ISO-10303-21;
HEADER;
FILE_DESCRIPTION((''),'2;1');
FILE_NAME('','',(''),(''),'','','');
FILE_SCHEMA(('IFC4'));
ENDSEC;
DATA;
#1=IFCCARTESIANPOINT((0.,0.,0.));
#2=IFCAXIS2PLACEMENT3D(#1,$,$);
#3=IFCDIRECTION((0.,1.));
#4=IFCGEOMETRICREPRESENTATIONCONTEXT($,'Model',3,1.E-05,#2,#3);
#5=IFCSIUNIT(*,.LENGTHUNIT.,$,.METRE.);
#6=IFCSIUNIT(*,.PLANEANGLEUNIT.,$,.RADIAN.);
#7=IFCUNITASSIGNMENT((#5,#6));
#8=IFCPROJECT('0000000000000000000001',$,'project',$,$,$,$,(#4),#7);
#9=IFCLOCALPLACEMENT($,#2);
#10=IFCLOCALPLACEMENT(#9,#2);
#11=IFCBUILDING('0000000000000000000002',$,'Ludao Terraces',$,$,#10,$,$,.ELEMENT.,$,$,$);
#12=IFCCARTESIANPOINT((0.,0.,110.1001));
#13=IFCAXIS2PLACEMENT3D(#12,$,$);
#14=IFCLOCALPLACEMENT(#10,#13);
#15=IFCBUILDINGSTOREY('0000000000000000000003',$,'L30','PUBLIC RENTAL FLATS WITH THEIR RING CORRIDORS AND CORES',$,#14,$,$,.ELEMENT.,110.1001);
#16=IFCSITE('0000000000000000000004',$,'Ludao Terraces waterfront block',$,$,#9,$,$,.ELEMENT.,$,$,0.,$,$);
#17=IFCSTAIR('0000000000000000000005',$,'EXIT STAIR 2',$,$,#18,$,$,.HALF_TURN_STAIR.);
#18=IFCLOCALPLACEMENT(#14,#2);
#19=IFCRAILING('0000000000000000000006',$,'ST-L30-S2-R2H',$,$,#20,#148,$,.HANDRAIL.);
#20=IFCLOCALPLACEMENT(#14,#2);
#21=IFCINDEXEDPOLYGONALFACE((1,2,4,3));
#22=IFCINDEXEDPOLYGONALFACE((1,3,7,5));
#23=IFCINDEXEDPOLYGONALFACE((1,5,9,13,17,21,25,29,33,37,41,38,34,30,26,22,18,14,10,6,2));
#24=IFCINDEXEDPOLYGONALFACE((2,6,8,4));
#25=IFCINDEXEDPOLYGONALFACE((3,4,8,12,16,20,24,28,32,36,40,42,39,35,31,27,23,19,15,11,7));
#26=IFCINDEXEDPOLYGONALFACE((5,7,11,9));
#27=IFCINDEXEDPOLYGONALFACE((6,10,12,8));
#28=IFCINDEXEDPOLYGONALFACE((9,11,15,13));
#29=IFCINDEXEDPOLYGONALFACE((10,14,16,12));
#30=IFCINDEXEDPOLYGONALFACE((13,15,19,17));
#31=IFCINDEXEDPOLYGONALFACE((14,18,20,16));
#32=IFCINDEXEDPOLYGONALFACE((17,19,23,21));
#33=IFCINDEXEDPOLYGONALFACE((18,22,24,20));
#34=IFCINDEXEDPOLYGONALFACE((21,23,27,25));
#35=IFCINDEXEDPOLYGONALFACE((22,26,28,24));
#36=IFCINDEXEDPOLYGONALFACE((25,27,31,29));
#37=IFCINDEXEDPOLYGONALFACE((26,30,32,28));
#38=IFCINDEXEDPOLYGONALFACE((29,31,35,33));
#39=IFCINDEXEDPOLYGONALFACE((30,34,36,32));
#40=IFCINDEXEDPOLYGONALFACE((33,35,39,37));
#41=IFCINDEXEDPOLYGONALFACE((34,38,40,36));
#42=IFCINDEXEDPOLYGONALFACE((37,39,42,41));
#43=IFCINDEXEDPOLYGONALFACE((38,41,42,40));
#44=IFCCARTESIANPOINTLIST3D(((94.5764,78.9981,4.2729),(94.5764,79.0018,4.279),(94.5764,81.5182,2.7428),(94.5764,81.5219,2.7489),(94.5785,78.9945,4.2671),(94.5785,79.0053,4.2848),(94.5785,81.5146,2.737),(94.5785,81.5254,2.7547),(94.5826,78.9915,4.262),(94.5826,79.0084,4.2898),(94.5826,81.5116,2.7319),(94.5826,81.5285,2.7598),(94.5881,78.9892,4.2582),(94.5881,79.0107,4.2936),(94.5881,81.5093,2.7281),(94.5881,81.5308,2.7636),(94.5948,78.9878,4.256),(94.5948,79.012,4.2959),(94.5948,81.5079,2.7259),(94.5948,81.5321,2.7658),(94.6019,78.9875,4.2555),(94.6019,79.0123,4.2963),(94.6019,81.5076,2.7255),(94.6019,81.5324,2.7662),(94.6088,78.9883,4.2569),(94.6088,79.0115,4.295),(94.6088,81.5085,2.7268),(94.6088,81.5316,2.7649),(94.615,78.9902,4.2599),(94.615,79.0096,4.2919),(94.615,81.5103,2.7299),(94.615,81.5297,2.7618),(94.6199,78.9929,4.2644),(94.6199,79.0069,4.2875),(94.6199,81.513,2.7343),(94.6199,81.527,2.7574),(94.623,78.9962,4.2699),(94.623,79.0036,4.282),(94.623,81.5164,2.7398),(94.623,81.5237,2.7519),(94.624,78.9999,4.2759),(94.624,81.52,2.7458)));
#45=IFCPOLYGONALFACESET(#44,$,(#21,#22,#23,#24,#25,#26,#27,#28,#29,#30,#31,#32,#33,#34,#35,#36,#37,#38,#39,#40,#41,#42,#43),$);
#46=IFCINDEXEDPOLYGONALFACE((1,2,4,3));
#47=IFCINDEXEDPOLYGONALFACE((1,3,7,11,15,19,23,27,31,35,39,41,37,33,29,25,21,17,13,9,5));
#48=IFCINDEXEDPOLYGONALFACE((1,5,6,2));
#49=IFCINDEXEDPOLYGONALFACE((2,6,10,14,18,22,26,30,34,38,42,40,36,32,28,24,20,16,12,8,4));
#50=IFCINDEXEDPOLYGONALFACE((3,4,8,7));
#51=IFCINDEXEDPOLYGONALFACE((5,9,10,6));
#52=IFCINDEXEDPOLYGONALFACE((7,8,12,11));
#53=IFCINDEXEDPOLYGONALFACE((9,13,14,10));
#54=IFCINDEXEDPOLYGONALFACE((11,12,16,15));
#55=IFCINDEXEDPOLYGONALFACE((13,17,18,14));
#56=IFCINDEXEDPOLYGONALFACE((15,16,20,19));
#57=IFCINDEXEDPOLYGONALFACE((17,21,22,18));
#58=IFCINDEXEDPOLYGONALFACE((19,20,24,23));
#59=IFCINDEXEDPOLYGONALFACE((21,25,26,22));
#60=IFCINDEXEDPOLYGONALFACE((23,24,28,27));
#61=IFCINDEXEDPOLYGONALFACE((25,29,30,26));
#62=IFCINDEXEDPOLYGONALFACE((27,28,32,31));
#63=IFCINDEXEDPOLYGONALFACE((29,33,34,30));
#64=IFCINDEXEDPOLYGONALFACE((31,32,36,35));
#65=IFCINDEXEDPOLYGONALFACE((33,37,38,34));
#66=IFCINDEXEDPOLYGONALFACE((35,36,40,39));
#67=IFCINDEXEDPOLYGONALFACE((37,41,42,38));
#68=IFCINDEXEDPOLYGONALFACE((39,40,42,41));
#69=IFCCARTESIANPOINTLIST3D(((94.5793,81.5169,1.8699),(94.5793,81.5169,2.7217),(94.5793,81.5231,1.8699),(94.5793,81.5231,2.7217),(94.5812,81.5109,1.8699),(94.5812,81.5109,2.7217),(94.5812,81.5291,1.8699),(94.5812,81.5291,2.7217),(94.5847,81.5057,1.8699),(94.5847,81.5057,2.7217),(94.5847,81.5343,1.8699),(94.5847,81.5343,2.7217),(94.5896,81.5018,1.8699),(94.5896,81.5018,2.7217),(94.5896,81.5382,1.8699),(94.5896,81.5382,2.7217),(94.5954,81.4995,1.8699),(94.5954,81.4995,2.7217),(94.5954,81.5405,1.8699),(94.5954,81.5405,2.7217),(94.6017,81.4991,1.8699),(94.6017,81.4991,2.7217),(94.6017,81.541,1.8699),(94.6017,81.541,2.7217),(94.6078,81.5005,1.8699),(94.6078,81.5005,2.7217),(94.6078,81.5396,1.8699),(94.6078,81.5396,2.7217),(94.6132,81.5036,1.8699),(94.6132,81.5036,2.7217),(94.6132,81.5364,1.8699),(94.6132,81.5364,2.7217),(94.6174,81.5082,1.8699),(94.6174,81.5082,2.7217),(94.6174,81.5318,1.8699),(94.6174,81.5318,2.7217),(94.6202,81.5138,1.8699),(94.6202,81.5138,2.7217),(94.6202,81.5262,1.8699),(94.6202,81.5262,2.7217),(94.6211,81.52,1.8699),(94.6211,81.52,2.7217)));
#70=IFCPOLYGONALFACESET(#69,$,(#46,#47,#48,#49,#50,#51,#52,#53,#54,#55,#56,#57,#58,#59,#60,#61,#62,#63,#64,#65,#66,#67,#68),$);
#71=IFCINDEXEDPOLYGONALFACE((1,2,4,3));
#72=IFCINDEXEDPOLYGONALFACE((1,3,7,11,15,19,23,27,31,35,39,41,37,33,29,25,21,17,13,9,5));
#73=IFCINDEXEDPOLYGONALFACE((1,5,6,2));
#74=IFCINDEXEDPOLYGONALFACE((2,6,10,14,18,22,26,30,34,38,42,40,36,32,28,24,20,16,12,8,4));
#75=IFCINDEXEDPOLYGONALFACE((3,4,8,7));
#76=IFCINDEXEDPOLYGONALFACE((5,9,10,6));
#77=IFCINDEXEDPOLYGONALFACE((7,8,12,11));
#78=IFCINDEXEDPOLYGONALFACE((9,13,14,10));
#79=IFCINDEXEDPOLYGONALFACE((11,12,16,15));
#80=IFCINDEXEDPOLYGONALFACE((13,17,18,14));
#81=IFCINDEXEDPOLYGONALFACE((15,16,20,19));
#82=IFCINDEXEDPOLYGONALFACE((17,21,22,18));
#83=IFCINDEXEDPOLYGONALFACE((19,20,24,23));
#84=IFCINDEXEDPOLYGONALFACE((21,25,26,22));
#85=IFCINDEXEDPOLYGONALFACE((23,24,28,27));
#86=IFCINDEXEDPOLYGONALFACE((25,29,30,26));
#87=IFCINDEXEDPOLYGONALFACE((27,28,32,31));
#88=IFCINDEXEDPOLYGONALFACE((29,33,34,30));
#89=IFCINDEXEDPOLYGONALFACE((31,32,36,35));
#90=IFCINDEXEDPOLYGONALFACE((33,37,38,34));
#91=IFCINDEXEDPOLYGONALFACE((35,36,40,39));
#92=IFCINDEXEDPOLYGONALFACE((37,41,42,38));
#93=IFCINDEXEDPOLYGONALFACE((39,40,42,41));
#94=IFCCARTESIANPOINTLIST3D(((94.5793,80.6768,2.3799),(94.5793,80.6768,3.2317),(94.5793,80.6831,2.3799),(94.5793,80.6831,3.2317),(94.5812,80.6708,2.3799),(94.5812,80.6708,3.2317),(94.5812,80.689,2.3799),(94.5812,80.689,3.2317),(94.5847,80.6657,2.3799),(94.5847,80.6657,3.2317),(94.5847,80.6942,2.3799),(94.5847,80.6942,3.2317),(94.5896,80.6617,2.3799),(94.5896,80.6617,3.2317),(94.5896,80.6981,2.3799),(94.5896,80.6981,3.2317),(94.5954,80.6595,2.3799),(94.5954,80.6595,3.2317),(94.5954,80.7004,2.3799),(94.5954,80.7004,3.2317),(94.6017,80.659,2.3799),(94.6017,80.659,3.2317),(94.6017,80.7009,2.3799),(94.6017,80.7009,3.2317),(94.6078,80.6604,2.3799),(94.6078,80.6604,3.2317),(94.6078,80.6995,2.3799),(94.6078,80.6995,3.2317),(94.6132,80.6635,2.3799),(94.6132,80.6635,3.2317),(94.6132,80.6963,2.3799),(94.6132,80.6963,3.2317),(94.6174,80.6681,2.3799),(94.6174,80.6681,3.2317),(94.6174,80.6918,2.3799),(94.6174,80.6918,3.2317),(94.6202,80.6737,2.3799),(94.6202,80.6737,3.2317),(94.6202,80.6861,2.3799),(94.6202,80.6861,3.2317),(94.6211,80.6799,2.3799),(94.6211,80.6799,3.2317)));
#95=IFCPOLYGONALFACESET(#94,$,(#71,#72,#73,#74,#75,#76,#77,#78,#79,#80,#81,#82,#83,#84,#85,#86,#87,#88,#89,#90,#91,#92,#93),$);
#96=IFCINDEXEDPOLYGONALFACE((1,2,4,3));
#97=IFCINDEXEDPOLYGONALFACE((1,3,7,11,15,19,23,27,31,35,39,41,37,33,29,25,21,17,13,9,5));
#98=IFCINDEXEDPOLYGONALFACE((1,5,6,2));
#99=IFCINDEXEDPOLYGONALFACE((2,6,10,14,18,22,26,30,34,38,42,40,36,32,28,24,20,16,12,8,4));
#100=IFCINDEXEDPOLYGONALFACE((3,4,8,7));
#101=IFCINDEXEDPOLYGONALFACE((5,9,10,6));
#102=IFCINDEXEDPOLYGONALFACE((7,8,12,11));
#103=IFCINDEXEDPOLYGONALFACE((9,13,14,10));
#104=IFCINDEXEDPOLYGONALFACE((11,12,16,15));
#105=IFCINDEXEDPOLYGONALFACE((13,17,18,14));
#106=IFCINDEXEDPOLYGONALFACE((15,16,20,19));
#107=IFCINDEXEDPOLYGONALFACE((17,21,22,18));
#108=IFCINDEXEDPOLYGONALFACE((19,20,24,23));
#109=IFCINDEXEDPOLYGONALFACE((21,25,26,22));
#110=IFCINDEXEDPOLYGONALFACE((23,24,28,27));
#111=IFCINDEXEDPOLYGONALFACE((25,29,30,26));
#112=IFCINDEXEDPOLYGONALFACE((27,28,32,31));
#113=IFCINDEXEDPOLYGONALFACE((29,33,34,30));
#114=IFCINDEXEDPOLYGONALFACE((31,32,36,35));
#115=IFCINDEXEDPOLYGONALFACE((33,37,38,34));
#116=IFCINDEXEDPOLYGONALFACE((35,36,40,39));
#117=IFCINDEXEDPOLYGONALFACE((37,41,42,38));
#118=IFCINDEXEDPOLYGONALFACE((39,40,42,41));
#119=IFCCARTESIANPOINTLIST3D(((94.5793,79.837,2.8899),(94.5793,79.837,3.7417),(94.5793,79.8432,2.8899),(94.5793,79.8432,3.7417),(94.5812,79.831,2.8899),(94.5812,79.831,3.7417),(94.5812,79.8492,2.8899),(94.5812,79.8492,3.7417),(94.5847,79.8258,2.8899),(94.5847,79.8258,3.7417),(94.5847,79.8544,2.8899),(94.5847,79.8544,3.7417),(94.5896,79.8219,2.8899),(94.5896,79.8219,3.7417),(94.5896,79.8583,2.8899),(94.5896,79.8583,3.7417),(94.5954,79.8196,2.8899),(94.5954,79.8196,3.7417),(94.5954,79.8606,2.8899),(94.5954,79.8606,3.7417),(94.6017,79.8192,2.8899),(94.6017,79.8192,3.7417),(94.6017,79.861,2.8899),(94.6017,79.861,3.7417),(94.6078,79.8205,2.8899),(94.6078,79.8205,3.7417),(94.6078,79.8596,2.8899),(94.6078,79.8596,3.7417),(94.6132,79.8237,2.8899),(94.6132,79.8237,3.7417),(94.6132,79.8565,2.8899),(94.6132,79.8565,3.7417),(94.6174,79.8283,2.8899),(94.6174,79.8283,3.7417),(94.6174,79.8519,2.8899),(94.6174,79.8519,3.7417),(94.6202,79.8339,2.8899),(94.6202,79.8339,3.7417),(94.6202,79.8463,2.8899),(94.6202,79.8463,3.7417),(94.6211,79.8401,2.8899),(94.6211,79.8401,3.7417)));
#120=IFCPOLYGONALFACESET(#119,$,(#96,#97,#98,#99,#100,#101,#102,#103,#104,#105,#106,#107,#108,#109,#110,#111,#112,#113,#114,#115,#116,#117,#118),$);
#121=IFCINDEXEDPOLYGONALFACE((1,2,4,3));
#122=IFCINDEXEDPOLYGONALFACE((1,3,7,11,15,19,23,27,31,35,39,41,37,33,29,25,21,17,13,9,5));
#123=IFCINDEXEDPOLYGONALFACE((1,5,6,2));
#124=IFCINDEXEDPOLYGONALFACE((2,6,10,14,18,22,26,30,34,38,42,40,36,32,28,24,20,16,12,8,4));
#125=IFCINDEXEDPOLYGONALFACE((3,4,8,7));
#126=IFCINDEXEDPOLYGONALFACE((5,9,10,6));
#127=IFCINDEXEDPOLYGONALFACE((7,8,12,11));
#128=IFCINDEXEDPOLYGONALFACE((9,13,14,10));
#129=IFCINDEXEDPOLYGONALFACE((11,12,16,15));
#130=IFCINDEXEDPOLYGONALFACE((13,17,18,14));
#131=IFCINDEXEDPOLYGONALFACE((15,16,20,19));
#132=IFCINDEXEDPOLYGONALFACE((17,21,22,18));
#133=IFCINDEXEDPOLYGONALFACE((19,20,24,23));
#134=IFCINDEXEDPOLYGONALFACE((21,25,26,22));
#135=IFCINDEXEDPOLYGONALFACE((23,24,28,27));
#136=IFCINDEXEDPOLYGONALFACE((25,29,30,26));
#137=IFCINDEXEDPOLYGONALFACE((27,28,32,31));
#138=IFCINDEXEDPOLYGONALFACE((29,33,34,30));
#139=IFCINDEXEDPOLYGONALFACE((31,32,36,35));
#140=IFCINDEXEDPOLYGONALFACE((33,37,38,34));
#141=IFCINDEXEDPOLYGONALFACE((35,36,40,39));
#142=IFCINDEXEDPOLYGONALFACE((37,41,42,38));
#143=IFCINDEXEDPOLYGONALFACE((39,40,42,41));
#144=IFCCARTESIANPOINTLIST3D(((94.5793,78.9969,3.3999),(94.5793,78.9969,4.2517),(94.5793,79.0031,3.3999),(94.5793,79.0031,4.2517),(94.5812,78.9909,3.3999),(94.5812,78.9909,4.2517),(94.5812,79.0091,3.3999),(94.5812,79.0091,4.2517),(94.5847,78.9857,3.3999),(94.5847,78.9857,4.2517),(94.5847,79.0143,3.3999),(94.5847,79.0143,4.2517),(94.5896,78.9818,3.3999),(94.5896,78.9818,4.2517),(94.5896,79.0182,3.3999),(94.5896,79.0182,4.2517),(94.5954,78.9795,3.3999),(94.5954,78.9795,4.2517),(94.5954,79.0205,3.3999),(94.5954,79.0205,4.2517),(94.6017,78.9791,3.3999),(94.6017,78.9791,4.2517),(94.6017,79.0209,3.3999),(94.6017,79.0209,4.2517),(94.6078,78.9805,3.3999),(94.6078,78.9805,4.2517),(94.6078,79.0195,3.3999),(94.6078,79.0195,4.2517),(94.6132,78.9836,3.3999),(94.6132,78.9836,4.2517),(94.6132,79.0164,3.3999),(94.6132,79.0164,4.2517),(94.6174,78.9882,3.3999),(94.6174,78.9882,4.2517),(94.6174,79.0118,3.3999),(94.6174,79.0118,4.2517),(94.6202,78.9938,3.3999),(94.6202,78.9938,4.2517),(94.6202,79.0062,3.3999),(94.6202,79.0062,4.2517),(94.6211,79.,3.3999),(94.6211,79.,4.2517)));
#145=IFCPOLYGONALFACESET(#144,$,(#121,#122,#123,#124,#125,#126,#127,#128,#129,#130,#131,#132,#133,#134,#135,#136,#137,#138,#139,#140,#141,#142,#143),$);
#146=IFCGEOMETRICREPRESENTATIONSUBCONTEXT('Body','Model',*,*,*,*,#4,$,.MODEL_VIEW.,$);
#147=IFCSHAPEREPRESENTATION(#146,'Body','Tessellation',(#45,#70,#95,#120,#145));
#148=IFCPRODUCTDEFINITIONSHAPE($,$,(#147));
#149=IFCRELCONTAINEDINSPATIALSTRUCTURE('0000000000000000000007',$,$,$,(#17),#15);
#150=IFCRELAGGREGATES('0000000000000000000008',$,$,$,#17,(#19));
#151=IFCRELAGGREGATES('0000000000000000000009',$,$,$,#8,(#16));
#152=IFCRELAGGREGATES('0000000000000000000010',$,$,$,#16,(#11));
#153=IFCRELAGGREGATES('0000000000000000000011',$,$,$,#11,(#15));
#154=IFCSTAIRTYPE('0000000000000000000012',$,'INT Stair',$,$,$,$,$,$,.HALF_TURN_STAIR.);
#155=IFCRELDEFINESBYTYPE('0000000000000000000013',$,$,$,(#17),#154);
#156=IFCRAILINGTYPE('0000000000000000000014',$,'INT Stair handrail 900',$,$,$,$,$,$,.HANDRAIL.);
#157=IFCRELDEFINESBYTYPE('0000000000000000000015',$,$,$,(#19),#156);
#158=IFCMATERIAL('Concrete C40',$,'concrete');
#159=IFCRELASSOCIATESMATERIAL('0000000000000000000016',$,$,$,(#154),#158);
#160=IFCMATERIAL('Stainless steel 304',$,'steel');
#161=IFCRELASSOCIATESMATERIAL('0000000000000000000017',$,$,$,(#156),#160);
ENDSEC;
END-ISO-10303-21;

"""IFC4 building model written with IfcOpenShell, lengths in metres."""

from ifc_helpers import new_model, si_unit, direction, frame, origin, origin_2d, place, context, subcontext, project, spatial, circle, extrude, material, type_object, element, aggregate, save


model = new_model("IFC4")

# Units and contexts
model_context = context("Model", 3, precision=1e-05, world=origin(), true_north=direction((0.0, 1.0)))
body_context = subcontext(model_context, "Body", "Model", "MODEL_VIEW")
ifc_project = project(units=[si_unit("LENGTHUNIT", "METRE"), si_unit("PLANEANGLEUNIT", "RADIAN")], contexts=[model_context])

# Site, building, storey
site_placement = place(None, origin())
site = spatial("IfcSite", under=ifc_project, at=site_placement, Name="Ludao Terraces waterfront block", CompositionType="ELEMENT", RefElevation=0.0)
building_placement = place(site_placement, origin())
building = spatial("IfcBuilding", under=site, at=building_placement, Name="Ludao Terraces", CompositionType="ELEMENT")
storey_placement = place(building_placement, frame((0.0, 0.0, 110.1001)))
storey = spatial("IfcBuildingStorey", under=building, at=storey_placement, Name="L30", Description="PUBLIC RENTAL FLATS WITH THEIR RING CORRIDORS AND CORES", CompositionType="ELEMENT", Elevation=110.1001)

# Stair, railing
ifc_material_1 = material(Name="Concrete C40", Category="concrete")
stair_type = type_object("IfcStairType", Name="INT Stair", PredefinedType="HALF_TURN_STAIR", material=ifc_material_1)
stair_placement = place(storey_placement, origin())
stair = element("IfcStair", 1, at=stair_placement, inside=storey, type_object=stair_type, Name="EXIT STAIR 2", PredefinedType="HALF_TURN_STAIR")
ifc_material_2 = material(Name="Stainless steel 304", Category="steel")
railing_type_1 = type_object("IfcRailingType", Name="INT Stair handrail 900", PredefinedType="HANDRAIL", material=ifc_material_2)
railing_1_placement = place(storey_placement, frame((94.6001, 81.52, 1.8699)))
railing_1 = element("IfcRailing", 2, at=railing_1_placement, type_object=railing_type_1, Name="ST-L30-S2-R2H", PredefinedType="HANDRAIL", context=body_context, shape_type="SweptSolid", body=[
    extrude(circle(Radius=0.0239, at=origin_2d()), frame((0.0, 0.0, 0.876), z_axis=(0.0, -0.854785, 0.518982), x_axis=(1.0, 0.0, 0.0)), (0.0, 0.0, 1.0), 2.9482),
    extrude(circle(Radius=0.021, at=origin_2d()), origin(), (0.0, 0.0, 1.0), 0.8518),
    extrude(circle(Radius=0.021, at=origin_2d()), frame((0.0, -0.8401, 0.51)), (0.0, 0.0, 1.0), 0.8518),
    extrude(circle(Radius=0.021, at=origin_2d()), frame((0.0, -1.6799, 1.02)), (0.0, 0.0, 1.0), 0.8518),
    extrude(circle(Radius=0.021, at=origin_2d()), frame((0.0, -2.52, 1.53)), (0.0, 0.0, 1.0), 0.8518),
])
aggregate(stair, [railing_1])

save(model, "model.ifc")
